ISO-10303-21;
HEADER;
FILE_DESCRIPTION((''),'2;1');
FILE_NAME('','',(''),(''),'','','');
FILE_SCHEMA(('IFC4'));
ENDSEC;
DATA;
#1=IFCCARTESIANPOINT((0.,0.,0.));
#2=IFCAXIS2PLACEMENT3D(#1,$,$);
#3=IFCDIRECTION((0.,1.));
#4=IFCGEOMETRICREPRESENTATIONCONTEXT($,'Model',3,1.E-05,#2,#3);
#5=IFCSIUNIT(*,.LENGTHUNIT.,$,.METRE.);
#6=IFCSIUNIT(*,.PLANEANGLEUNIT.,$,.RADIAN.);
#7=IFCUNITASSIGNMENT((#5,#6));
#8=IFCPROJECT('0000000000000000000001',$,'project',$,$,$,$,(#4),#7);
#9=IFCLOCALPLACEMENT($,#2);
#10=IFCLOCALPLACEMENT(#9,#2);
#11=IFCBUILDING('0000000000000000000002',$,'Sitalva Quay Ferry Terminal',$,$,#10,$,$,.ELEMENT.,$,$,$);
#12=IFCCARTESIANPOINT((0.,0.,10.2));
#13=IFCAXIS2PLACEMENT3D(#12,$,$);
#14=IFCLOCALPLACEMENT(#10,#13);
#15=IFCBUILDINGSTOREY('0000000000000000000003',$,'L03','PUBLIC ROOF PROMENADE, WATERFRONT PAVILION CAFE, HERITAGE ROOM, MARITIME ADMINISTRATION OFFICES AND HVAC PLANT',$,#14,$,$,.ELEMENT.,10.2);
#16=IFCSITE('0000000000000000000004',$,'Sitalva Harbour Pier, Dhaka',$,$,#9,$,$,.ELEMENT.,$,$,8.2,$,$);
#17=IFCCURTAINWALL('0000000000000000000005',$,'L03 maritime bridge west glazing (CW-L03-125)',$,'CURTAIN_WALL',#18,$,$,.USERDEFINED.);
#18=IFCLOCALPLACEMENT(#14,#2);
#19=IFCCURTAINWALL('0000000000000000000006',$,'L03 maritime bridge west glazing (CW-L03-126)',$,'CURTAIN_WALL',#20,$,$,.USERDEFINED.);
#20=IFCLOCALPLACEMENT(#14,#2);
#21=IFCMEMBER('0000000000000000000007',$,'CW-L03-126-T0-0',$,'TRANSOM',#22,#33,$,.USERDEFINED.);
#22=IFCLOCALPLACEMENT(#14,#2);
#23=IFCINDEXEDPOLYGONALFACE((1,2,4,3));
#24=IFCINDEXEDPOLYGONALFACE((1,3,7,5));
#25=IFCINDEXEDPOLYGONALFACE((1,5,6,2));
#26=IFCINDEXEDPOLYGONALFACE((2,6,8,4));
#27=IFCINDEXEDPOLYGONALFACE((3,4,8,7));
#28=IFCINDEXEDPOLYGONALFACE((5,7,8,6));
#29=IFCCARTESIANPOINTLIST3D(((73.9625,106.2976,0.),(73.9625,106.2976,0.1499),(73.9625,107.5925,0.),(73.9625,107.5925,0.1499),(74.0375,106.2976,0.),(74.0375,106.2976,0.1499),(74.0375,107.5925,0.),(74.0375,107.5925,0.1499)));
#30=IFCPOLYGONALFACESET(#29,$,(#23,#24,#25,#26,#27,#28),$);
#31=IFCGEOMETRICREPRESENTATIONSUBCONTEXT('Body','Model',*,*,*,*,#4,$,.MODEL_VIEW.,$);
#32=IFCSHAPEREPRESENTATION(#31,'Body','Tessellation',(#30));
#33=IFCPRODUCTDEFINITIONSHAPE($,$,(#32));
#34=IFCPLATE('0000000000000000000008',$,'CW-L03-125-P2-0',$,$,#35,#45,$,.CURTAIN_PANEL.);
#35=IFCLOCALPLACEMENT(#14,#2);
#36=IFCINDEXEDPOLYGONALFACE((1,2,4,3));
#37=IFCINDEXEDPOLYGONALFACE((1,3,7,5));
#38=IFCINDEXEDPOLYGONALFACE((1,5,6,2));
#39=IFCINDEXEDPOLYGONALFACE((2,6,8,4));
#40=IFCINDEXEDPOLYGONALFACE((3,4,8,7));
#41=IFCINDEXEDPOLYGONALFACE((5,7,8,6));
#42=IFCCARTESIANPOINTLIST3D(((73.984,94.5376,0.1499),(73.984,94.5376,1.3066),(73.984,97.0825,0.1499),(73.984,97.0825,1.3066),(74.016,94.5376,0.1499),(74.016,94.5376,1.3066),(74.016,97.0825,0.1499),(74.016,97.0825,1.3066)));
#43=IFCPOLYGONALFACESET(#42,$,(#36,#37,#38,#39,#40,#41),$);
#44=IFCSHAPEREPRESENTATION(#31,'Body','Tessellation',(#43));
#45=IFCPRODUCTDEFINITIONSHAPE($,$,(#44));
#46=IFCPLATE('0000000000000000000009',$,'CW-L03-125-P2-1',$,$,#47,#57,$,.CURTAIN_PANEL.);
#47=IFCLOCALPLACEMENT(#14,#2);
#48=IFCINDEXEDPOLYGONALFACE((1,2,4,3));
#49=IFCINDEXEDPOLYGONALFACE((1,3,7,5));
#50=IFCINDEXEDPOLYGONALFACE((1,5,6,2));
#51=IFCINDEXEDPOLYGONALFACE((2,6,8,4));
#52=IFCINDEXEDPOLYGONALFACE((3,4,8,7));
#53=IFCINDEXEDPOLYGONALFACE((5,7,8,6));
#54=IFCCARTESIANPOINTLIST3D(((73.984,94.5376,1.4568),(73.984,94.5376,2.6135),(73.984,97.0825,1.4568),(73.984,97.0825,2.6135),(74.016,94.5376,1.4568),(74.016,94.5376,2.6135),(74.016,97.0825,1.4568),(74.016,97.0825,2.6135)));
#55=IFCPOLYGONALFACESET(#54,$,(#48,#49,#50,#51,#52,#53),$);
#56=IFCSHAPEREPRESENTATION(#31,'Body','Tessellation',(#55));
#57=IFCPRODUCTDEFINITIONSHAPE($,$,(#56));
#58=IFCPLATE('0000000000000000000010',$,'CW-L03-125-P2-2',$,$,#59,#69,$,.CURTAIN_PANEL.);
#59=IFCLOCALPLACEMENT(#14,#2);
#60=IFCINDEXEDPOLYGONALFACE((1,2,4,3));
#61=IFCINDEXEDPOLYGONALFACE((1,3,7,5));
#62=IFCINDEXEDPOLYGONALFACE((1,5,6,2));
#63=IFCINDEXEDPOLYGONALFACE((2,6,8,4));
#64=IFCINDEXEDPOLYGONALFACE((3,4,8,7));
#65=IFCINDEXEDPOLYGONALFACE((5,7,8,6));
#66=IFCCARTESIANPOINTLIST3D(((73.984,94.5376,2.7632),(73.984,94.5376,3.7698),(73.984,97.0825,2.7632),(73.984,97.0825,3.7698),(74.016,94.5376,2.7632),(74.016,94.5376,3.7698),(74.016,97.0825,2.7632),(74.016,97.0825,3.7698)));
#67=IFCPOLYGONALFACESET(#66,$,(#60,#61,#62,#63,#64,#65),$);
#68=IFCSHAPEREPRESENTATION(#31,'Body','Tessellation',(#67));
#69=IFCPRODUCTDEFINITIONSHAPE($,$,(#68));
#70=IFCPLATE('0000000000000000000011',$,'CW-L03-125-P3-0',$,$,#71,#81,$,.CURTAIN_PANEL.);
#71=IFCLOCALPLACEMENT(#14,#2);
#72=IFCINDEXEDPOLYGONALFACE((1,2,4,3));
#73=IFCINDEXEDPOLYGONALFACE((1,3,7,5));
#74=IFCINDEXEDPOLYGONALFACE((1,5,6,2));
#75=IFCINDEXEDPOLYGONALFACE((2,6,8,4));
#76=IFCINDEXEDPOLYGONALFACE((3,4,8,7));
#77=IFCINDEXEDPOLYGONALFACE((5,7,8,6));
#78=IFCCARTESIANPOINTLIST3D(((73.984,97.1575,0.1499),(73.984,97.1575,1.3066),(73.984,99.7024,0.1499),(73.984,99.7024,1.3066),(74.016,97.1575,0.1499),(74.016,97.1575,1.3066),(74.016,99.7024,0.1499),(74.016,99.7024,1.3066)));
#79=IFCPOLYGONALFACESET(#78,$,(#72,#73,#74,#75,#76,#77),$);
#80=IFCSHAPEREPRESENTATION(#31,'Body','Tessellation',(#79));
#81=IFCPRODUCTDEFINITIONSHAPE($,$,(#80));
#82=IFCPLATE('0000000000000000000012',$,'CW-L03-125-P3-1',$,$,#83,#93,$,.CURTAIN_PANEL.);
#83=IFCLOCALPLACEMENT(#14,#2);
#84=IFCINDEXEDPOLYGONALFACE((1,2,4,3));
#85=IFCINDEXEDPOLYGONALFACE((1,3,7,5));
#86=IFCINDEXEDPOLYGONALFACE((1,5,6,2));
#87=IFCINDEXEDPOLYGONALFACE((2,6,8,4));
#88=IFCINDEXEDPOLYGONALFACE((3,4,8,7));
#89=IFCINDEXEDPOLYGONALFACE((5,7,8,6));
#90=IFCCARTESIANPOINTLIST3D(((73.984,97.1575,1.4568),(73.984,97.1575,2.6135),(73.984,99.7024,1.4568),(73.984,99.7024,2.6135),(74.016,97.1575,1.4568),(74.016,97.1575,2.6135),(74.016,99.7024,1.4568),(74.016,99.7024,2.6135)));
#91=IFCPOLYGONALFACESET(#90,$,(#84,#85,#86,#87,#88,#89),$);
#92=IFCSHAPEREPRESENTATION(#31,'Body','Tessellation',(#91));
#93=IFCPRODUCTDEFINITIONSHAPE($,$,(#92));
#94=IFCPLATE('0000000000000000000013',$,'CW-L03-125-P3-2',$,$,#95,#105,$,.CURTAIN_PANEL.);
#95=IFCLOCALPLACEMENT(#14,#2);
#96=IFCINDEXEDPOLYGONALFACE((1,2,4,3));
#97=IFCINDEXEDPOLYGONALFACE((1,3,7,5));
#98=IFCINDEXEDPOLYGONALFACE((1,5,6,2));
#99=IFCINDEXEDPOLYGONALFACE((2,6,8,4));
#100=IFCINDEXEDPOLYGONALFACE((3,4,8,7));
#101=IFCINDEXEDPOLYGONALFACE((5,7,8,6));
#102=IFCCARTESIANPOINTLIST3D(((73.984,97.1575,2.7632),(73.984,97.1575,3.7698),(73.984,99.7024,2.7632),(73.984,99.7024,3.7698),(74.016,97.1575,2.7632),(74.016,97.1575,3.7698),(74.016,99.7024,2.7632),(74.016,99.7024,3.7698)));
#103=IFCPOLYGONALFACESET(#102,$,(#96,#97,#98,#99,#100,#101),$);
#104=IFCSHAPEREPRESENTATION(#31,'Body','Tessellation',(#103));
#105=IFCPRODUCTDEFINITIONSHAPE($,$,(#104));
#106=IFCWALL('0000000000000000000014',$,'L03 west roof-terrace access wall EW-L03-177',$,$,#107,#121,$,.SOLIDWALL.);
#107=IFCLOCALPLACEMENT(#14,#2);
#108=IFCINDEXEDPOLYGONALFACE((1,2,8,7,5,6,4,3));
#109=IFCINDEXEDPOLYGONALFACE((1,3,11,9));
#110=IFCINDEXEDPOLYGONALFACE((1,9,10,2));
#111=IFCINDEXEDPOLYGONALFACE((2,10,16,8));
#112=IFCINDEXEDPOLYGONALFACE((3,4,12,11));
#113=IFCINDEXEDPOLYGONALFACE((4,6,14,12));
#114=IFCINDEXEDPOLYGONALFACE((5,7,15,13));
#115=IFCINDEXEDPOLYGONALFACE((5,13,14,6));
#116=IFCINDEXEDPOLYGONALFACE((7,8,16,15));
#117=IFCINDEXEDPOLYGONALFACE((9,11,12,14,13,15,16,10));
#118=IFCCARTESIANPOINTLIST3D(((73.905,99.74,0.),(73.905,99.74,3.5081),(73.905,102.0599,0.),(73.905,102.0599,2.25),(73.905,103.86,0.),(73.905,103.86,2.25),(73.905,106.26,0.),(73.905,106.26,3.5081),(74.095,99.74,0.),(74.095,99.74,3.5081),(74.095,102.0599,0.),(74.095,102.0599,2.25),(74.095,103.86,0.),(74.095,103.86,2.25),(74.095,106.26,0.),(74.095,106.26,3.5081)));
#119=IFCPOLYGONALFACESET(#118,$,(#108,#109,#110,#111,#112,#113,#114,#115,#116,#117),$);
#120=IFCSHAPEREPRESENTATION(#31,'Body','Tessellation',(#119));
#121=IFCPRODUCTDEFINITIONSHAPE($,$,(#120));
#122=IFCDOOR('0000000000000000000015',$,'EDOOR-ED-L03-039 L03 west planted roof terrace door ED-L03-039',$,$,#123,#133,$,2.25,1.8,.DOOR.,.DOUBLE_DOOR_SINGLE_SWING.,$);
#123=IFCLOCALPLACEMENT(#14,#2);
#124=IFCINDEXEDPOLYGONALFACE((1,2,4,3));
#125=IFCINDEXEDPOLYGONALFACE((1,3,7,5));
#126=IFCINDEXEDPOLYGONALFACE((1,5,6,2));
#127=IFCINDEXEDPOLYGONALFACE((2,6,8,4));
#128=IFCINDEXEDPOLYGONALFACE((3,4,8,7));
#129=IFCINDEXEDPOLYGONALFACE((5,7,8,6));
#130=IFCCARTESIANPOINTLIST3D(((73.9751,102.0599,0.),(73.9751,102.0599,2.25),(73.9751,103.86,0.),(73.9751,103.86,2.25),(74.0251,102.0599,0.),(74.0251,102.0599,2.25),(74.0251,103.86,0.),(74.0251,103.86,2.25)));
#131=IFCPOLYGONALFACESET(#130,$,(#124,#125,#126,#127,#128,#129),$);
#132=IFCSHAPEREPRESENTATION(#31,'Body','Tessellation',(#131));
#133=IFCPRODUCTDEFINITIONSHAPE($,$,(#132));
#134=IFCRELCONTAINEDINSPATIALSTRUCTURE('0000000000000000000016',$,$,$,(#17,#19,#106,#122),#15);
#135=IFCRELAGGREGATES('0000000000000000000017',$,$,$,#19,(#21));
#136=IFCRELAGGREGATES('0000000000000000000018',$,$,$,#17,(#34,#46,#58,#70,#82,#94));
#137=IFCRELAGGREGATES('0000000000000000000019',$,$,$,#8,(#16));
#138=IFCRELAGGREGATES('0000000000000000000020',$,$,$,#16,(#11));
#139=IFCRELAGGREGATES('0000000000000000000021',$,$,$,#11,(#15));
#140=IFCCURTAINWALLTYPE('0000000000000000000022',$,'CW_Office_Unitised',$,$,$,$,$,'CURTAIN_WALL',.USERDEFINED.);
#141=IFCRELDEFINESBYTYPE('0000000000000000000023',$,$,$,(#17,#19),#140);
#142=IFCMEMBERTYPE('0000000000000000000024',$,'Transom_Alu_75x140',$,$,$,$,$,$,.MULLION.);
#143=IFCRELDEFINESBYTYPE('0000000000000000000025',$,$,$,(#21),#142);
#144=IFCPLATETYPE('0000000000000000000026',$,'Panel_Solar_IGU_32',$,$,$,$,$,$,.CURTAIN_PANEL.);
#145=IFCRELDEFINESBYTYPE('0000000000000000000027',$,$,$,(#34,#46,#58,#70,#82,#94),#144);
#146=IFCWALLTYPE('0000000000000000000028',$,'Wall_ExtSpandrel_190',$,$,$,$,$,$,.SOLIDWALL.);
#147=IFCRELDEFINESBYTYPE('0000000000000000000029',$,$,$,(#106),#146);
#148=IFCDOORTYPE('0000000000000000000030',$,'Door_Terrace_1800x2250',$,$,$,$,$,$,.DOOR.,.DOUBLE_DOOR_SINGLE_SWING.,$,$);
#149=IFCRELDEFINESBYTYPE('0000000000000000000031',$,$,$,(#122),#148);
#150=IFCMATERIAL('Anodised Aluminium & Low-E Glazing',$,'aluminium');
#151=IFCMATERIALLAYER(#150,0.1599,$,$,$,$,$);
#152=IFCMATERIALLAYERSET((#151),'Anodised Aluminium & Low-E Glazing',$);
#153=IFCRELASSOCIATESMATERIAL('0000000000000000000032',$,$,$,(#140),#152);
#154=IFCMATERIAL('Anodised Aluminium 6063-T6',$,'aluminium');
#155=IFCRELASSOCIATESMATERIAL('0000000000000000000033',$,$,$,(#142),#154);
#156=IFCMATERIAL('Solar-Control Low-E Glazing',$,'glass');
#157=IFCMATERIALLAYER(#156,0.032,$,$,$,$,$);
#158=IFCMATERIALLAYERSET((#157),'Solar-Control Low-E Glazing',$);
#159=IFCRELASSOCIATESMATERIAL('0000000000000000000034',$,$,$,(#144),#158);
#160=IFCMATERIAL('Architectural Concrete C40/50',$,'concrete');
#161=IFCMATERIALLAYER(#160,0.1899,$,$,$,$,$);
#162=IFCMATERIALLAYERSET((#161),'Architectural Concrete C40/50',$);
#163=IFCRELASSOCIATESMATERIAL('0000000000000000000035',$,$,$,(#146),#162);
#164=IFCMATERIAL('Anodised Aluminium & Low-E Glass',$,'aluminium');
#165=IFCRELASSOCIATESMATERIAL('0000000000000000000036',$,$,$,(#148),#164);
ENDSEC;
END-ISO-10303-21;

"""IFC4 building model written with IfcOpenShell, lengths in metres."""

from ifc_helpers import new_model, si_unit, direction, frame, frame_2d, origin, origin_2d, place, context, subcontext, project, spatial, rectangle, extrude, material, layer, layer_set, material_profile, profile_set, type_object, element, fill, aggregate, save


model = new_model("IFC4")

# Units and contexts
model_context = context("Model", 3, precision=1e-05, world=origin(), true_north=direction((0.0, 1.0)))
body_context = subcontext(model_context, "Body", "Model", "MODEL_VIEW")
ifc_project = project(units=[si_unit("LENGTHUNIT", "METRE"), si_unit("PLANEANGLEUNIT", "RADIAN")], contexts=[model_context])

# Site, building, storey
site_placement = place(None, origin())
site = spatial("IfcSite", under=ifc_project, at=site_placement, Name="Sitalva Harbour Pier, Dhaka", CompositionType="ELEMENT", RefElevation=8.2)
building_placement = place(site_placement, origin())
building = spatial("IfcBuilding", under=site, at=building_placement, Name="Sitalva Quay Ferry Terminal", CompositionType="ELEMENT")
storey_placement = place(building_placement, frame((0.0, 0.0, 10.2)))
storey = spatial("IfcBuildingStorey", under=building, at=storey_placement, Name="L03", Description="PUBLIC ROOF PROMENADE, WATERFRONT PAVILION CAFE, HERITAGE ROOM, MARITIME ADMINISTRATION OFFICES AND HVAC PLANT", CompositionType="ELEMENT", Elevation=10.2)

# Curtain wall
ifc_material_1 = material(Name="Anodised Aluminium & Low-E Glazing", Category="aluminium")
ifc_layer_1 = layer(ifc_material_1, 0.1599)
ifc_layer_set_1 = layer_set([ifc_layer_1], Name="Anodised Aluminium & Low-E Glazing")
curtain_wall_type = type_object("IfcCurtainWallType", Name="CW_Office_Unitised", ElementType="CURTAIN_WALL", PredefinedType="USERDEFINED", material=ifc_layer_set_1)
curtain_wall_1_placement = place(storey_placement, origin())
curtain_wall_1 = element("IfcCurtainWall", 1, at=curtain_wall_1_placement, inside=storey, type_object=curtain_wall_type, Name="L03 maritime bridge west glazing (CW-L03-125)", ObjectType="CURTAIN_WALL", PredefinedType="USERDEFINED")

# Curtain wall
curtain_wall_2_placement = place(storey_placement, origin())
curtain_wall_2 = element("IfcCurtainWall", 2, at=curtain_wall_2_placement, inside=storey, type_object=curtain_wall_type, Name="L03 maritime bridge west glazing (CW-L03-126)", ObjectType="CURTAIN_WALL", PredefinedType="USERDEFINED")

# Member
ifc_material_2 = material(Name="Anodised Aluminium 6063-T6", Category="aluminium")
ifc_material_profile_1 = material_profile(ifc_material_2, rectangle(XDim=0.075, YDim=0.1499, at=origin_2d()), Name="ALU75x150")
ifc_profile_set_1 = profile_set([ifc_material_profile_1], Name="Anodised Aluminium 6063-T6")
member_type_1 = type_object("IfcMemberType", Name="Transom_Alu_75x140", PredefinedType="MULLION", material=ifc_profile_set_1)
member_1_placement = place(storey_placement, frame((74.0, 106.2976, 0.075), z_axis=(0.0, 1.0, 0.0), x_axis=(-1.0, 0.0, 0.0)))
member_1 = element("IfcMember", 3, at=member_1_placement, type_object=member_type_1, Name="CW-L03-126-T0-0", ObjectType="TRANSOM", PredefinedType="USERDEFINED", context=body_context, shape_type="SweptSolid", body=[
    extrude(rectangle(XDim=0.075, YDim=0.1499, at=origin_2d()), origin(), (0.0, 0.0, 1.0), 1.2949),
])
aggregate(curtain_wall_2, [member_1])

# Plates
ifc_material_3 = material(Name="Solar-Control Low-E Glazing", Category="glass")
ifc_layer_2 = layer(ifc_material_3, 0.032)
ifc_layer_set_2 = layer_set([ifc_layer_2], Name="Solar-Control Low-E Glazing")
plate_type = type_object("IfcPlateType", Name="Panel_Solar_IGU_32", PredefinedType="CURTAIN_PANEL", material=ifc_layer_set_2)
plate_1_placement = place(storey_placement, frame((74.0, 95.8101, 0.1499), z_axis=(0.0, 0.0, 1.0), x_axis=(0.0, 1.0, 0.0)))
plate_1 = element("IfcPlate", 4, at=plate_1_placement, type_object=plate_type, Name="CW-L03-125-P2-0", PredefinedType="CURTAIN_PANEL", context=body_context, shape_type="SweptSolid", body=[
    extrude(rectangle(XDim=2.5449, YDim=0.032, at=origin_2d()), origin(), (0.0, 0.0, 1.0), 1.1567),
])
plate_2_placement = place(storey_placement, frame((74.0, 95.8101, 1.4568), z_axis=(0.0, 0.0, 1.0), x_axis=(0.0, 1.0, 0.0)))
plate_2 = element("IfcPlate", 5, at=plate_2_placement, type_object=plate_type, Name="CW-L03-125-P2-1", PredefinedType="CURTAIN_PANEL", context=body_context, shape_type="SweptSolid", body=[
    extrude(rectangle(XDim=2.5449, YDim=0.032, at=origin_2d()), origin(), (0.0, 0.0, 1.0), 1.1567),
])
plate_3_placement = place(storey_placement, frame((74.0, 95.8101, 2.7632), z_axis=(0.0, 0.0, 1.0), x_axis=(0.0, 1.0, 0.0)))
plate_3 = element("IfcPlate", 6, at=plate_3_placement, type_object=plate_type, Name="CW-L03-125-P2-2", PredefinedType="CURTAIN_PANEL", context=body_context, shape_type="SweptSolid", body=[
    extrude(rectangle(XDim=2.5449, YDim=0.032, at=origin_2d()), origin(), (0.0, 0.0, 1.0), 1.0066),
])
plate_4_placement = place(storey_placement, frame((74.0, 98.4299, 0.1499), z_axis=(0.0, 0.0, 1.0), x_axis=(0.0, 1.0, 0.0)))
plate_4 = element("IfcPlate", 7, at=plate_4_placement, type_object=plate_type, Name="CW-L03-125-P3-0", PredefinedType="CURTAIN_PANEL", context=body_context, shape_type="SweptSolid", body=[
    extrude(rectangle(XDim=2.5449, YDim=0.032, at=origin_2d()), origin(), (0.0, 0.0, 1.0), 1.1567),
])
plate_5_placement = place(storey_placement, frame((74.0, 98.4299, 1.4568), z_axis=(0.0, 0.0, 1.0), x_axis=(0.0, 1.0, 0.0)))
plate_5 = element("IfcPlate", 8, at=plate_5_placement, type_object=plate_type, Name="CW-L03-125-P3-1", PredefinedType="CURTAIN_PANEL", context=body_context, shape_type="SweptSolid", body=[
    extrude(rectangle(XDim=2.5449, YDim=0.032, at=origin_2d()), origin(), (0.0, 0.0, 1.0), 1.1567),
])
plate_6_placement = place(storey_placement, frame((74.0, 98.4299, 2.7632), z_axis=(0.0, 0.0, 1.0), x_axis=(0.0, 1.0, 0.0)))
plate_6 = element("IfcPlate", 9, at=plate_6_placement, type_object=plate_type, Name="CW-L03-125-P3-2", PredefinedType="CURTAIN_PANEL", context=body_context, shape_type="SweptSolid", body=[
    extrude(rectangle(XDim=2.5449, YDim=0.032, at=origin_2d()), origin(), (0.0, 0.0, 1.0), 1.0066),
])
aggregate(curtain_wall_1, [plate_1, plate_2, plate_3, plate_4, plate_5, plate_6])

# Wall, opening, door
ifc_material_4 = material(Name="Architectural Concrete C40/50", Category="concrete")
ifc_layer_3 = layer(ifc_material_4, 0.1899)
ifc_layer_set_3 = layer_set([ifc_layer_3], Name="Architectural Concrete C40/50")
wall_type = type_object("IfcWallType", Name="Wall_ExtSpandrel_190", PredefinedType="SOLIDWALL", material=ifc_layer_set_3)
wall_placement = place(storey_placement, frame((74.0, 99.74, 0.0), z_axis=(0.0, 0.0, 1.0), x_axis=(0.0, 1.0, 0.0)))
wall = element("IfcWall", 10, at=wall_placement, inside=storey, type_object=wall_type, Name="L03 west roof-terrace access wall EW-L03-177", PredefinedType="SOLIDWALL", context=body_context, shape_type="SweptSolid", body=[
    extrude(rectangle(XDim=6.52, YDim=0.1899, at=frame_2d((3.26, 0.0))), origin(), (0.0, 0.0, 1.0), 3.5081),
])
opening_placement = place(wall_placement, frame((2.3201, 0.0, 0.0)))
opening = element("IfcOpeningElement", 11, at=opening_placement, cuts=wall, PredefinedType="OPENING", context=body_context, shape_type="SweptSolid", body=[
    extrude(rectangle(XDim=1.8, YDim=2.25, at=frame_2d((0.8999, 1.125))), frame((0.0, 0.105, 0.0), z_axis=(0.0, -1.0, 0.0), x_axis=(1.0, 0.0, 0.0)), (0.0, 0.0, 1.0), 0.21),
])
ifc_material_5 = material(Name="Anodised Aluminium & Low-E Glass", Category="aluminium")
door_type = type_object("IfcDoorType", Name="Door_Terrace_1800x2250", OperationType="DOUBLE_DOOR_SINGLE_SWING", PredefinedType="DOOR", material=ifc_material_5)
door_placement = place(opening_placement, origin())
door = element("IfcDoor", 12, at=door_placement, inside=storey, type_object=door_type, Name="EDOOR-ED-L03-039 L03 west planted roof terrace door ED-L03-039", OperationType="DOUBLE_DOOR_SINGLE_SWING", OverallHeight=2.25, OverallWidth=1.8, PredefinedType="DOOR", context=body_context, shape_type="SweptSolid", body=[
    extrude(rectangle(XDim=1.8, YDim=2.25, at=frame_2d((0.8999, 1.125))), frame((0.0, 0.0249, 0.0), z_axis=(0.0, -1.0, 0.0), x_axis=(1.0, 0.0, 0.0)), (0.0, 0.0, 1.0), 0.05),
])
fill(opening, door)

save(model, "model.ifc")
